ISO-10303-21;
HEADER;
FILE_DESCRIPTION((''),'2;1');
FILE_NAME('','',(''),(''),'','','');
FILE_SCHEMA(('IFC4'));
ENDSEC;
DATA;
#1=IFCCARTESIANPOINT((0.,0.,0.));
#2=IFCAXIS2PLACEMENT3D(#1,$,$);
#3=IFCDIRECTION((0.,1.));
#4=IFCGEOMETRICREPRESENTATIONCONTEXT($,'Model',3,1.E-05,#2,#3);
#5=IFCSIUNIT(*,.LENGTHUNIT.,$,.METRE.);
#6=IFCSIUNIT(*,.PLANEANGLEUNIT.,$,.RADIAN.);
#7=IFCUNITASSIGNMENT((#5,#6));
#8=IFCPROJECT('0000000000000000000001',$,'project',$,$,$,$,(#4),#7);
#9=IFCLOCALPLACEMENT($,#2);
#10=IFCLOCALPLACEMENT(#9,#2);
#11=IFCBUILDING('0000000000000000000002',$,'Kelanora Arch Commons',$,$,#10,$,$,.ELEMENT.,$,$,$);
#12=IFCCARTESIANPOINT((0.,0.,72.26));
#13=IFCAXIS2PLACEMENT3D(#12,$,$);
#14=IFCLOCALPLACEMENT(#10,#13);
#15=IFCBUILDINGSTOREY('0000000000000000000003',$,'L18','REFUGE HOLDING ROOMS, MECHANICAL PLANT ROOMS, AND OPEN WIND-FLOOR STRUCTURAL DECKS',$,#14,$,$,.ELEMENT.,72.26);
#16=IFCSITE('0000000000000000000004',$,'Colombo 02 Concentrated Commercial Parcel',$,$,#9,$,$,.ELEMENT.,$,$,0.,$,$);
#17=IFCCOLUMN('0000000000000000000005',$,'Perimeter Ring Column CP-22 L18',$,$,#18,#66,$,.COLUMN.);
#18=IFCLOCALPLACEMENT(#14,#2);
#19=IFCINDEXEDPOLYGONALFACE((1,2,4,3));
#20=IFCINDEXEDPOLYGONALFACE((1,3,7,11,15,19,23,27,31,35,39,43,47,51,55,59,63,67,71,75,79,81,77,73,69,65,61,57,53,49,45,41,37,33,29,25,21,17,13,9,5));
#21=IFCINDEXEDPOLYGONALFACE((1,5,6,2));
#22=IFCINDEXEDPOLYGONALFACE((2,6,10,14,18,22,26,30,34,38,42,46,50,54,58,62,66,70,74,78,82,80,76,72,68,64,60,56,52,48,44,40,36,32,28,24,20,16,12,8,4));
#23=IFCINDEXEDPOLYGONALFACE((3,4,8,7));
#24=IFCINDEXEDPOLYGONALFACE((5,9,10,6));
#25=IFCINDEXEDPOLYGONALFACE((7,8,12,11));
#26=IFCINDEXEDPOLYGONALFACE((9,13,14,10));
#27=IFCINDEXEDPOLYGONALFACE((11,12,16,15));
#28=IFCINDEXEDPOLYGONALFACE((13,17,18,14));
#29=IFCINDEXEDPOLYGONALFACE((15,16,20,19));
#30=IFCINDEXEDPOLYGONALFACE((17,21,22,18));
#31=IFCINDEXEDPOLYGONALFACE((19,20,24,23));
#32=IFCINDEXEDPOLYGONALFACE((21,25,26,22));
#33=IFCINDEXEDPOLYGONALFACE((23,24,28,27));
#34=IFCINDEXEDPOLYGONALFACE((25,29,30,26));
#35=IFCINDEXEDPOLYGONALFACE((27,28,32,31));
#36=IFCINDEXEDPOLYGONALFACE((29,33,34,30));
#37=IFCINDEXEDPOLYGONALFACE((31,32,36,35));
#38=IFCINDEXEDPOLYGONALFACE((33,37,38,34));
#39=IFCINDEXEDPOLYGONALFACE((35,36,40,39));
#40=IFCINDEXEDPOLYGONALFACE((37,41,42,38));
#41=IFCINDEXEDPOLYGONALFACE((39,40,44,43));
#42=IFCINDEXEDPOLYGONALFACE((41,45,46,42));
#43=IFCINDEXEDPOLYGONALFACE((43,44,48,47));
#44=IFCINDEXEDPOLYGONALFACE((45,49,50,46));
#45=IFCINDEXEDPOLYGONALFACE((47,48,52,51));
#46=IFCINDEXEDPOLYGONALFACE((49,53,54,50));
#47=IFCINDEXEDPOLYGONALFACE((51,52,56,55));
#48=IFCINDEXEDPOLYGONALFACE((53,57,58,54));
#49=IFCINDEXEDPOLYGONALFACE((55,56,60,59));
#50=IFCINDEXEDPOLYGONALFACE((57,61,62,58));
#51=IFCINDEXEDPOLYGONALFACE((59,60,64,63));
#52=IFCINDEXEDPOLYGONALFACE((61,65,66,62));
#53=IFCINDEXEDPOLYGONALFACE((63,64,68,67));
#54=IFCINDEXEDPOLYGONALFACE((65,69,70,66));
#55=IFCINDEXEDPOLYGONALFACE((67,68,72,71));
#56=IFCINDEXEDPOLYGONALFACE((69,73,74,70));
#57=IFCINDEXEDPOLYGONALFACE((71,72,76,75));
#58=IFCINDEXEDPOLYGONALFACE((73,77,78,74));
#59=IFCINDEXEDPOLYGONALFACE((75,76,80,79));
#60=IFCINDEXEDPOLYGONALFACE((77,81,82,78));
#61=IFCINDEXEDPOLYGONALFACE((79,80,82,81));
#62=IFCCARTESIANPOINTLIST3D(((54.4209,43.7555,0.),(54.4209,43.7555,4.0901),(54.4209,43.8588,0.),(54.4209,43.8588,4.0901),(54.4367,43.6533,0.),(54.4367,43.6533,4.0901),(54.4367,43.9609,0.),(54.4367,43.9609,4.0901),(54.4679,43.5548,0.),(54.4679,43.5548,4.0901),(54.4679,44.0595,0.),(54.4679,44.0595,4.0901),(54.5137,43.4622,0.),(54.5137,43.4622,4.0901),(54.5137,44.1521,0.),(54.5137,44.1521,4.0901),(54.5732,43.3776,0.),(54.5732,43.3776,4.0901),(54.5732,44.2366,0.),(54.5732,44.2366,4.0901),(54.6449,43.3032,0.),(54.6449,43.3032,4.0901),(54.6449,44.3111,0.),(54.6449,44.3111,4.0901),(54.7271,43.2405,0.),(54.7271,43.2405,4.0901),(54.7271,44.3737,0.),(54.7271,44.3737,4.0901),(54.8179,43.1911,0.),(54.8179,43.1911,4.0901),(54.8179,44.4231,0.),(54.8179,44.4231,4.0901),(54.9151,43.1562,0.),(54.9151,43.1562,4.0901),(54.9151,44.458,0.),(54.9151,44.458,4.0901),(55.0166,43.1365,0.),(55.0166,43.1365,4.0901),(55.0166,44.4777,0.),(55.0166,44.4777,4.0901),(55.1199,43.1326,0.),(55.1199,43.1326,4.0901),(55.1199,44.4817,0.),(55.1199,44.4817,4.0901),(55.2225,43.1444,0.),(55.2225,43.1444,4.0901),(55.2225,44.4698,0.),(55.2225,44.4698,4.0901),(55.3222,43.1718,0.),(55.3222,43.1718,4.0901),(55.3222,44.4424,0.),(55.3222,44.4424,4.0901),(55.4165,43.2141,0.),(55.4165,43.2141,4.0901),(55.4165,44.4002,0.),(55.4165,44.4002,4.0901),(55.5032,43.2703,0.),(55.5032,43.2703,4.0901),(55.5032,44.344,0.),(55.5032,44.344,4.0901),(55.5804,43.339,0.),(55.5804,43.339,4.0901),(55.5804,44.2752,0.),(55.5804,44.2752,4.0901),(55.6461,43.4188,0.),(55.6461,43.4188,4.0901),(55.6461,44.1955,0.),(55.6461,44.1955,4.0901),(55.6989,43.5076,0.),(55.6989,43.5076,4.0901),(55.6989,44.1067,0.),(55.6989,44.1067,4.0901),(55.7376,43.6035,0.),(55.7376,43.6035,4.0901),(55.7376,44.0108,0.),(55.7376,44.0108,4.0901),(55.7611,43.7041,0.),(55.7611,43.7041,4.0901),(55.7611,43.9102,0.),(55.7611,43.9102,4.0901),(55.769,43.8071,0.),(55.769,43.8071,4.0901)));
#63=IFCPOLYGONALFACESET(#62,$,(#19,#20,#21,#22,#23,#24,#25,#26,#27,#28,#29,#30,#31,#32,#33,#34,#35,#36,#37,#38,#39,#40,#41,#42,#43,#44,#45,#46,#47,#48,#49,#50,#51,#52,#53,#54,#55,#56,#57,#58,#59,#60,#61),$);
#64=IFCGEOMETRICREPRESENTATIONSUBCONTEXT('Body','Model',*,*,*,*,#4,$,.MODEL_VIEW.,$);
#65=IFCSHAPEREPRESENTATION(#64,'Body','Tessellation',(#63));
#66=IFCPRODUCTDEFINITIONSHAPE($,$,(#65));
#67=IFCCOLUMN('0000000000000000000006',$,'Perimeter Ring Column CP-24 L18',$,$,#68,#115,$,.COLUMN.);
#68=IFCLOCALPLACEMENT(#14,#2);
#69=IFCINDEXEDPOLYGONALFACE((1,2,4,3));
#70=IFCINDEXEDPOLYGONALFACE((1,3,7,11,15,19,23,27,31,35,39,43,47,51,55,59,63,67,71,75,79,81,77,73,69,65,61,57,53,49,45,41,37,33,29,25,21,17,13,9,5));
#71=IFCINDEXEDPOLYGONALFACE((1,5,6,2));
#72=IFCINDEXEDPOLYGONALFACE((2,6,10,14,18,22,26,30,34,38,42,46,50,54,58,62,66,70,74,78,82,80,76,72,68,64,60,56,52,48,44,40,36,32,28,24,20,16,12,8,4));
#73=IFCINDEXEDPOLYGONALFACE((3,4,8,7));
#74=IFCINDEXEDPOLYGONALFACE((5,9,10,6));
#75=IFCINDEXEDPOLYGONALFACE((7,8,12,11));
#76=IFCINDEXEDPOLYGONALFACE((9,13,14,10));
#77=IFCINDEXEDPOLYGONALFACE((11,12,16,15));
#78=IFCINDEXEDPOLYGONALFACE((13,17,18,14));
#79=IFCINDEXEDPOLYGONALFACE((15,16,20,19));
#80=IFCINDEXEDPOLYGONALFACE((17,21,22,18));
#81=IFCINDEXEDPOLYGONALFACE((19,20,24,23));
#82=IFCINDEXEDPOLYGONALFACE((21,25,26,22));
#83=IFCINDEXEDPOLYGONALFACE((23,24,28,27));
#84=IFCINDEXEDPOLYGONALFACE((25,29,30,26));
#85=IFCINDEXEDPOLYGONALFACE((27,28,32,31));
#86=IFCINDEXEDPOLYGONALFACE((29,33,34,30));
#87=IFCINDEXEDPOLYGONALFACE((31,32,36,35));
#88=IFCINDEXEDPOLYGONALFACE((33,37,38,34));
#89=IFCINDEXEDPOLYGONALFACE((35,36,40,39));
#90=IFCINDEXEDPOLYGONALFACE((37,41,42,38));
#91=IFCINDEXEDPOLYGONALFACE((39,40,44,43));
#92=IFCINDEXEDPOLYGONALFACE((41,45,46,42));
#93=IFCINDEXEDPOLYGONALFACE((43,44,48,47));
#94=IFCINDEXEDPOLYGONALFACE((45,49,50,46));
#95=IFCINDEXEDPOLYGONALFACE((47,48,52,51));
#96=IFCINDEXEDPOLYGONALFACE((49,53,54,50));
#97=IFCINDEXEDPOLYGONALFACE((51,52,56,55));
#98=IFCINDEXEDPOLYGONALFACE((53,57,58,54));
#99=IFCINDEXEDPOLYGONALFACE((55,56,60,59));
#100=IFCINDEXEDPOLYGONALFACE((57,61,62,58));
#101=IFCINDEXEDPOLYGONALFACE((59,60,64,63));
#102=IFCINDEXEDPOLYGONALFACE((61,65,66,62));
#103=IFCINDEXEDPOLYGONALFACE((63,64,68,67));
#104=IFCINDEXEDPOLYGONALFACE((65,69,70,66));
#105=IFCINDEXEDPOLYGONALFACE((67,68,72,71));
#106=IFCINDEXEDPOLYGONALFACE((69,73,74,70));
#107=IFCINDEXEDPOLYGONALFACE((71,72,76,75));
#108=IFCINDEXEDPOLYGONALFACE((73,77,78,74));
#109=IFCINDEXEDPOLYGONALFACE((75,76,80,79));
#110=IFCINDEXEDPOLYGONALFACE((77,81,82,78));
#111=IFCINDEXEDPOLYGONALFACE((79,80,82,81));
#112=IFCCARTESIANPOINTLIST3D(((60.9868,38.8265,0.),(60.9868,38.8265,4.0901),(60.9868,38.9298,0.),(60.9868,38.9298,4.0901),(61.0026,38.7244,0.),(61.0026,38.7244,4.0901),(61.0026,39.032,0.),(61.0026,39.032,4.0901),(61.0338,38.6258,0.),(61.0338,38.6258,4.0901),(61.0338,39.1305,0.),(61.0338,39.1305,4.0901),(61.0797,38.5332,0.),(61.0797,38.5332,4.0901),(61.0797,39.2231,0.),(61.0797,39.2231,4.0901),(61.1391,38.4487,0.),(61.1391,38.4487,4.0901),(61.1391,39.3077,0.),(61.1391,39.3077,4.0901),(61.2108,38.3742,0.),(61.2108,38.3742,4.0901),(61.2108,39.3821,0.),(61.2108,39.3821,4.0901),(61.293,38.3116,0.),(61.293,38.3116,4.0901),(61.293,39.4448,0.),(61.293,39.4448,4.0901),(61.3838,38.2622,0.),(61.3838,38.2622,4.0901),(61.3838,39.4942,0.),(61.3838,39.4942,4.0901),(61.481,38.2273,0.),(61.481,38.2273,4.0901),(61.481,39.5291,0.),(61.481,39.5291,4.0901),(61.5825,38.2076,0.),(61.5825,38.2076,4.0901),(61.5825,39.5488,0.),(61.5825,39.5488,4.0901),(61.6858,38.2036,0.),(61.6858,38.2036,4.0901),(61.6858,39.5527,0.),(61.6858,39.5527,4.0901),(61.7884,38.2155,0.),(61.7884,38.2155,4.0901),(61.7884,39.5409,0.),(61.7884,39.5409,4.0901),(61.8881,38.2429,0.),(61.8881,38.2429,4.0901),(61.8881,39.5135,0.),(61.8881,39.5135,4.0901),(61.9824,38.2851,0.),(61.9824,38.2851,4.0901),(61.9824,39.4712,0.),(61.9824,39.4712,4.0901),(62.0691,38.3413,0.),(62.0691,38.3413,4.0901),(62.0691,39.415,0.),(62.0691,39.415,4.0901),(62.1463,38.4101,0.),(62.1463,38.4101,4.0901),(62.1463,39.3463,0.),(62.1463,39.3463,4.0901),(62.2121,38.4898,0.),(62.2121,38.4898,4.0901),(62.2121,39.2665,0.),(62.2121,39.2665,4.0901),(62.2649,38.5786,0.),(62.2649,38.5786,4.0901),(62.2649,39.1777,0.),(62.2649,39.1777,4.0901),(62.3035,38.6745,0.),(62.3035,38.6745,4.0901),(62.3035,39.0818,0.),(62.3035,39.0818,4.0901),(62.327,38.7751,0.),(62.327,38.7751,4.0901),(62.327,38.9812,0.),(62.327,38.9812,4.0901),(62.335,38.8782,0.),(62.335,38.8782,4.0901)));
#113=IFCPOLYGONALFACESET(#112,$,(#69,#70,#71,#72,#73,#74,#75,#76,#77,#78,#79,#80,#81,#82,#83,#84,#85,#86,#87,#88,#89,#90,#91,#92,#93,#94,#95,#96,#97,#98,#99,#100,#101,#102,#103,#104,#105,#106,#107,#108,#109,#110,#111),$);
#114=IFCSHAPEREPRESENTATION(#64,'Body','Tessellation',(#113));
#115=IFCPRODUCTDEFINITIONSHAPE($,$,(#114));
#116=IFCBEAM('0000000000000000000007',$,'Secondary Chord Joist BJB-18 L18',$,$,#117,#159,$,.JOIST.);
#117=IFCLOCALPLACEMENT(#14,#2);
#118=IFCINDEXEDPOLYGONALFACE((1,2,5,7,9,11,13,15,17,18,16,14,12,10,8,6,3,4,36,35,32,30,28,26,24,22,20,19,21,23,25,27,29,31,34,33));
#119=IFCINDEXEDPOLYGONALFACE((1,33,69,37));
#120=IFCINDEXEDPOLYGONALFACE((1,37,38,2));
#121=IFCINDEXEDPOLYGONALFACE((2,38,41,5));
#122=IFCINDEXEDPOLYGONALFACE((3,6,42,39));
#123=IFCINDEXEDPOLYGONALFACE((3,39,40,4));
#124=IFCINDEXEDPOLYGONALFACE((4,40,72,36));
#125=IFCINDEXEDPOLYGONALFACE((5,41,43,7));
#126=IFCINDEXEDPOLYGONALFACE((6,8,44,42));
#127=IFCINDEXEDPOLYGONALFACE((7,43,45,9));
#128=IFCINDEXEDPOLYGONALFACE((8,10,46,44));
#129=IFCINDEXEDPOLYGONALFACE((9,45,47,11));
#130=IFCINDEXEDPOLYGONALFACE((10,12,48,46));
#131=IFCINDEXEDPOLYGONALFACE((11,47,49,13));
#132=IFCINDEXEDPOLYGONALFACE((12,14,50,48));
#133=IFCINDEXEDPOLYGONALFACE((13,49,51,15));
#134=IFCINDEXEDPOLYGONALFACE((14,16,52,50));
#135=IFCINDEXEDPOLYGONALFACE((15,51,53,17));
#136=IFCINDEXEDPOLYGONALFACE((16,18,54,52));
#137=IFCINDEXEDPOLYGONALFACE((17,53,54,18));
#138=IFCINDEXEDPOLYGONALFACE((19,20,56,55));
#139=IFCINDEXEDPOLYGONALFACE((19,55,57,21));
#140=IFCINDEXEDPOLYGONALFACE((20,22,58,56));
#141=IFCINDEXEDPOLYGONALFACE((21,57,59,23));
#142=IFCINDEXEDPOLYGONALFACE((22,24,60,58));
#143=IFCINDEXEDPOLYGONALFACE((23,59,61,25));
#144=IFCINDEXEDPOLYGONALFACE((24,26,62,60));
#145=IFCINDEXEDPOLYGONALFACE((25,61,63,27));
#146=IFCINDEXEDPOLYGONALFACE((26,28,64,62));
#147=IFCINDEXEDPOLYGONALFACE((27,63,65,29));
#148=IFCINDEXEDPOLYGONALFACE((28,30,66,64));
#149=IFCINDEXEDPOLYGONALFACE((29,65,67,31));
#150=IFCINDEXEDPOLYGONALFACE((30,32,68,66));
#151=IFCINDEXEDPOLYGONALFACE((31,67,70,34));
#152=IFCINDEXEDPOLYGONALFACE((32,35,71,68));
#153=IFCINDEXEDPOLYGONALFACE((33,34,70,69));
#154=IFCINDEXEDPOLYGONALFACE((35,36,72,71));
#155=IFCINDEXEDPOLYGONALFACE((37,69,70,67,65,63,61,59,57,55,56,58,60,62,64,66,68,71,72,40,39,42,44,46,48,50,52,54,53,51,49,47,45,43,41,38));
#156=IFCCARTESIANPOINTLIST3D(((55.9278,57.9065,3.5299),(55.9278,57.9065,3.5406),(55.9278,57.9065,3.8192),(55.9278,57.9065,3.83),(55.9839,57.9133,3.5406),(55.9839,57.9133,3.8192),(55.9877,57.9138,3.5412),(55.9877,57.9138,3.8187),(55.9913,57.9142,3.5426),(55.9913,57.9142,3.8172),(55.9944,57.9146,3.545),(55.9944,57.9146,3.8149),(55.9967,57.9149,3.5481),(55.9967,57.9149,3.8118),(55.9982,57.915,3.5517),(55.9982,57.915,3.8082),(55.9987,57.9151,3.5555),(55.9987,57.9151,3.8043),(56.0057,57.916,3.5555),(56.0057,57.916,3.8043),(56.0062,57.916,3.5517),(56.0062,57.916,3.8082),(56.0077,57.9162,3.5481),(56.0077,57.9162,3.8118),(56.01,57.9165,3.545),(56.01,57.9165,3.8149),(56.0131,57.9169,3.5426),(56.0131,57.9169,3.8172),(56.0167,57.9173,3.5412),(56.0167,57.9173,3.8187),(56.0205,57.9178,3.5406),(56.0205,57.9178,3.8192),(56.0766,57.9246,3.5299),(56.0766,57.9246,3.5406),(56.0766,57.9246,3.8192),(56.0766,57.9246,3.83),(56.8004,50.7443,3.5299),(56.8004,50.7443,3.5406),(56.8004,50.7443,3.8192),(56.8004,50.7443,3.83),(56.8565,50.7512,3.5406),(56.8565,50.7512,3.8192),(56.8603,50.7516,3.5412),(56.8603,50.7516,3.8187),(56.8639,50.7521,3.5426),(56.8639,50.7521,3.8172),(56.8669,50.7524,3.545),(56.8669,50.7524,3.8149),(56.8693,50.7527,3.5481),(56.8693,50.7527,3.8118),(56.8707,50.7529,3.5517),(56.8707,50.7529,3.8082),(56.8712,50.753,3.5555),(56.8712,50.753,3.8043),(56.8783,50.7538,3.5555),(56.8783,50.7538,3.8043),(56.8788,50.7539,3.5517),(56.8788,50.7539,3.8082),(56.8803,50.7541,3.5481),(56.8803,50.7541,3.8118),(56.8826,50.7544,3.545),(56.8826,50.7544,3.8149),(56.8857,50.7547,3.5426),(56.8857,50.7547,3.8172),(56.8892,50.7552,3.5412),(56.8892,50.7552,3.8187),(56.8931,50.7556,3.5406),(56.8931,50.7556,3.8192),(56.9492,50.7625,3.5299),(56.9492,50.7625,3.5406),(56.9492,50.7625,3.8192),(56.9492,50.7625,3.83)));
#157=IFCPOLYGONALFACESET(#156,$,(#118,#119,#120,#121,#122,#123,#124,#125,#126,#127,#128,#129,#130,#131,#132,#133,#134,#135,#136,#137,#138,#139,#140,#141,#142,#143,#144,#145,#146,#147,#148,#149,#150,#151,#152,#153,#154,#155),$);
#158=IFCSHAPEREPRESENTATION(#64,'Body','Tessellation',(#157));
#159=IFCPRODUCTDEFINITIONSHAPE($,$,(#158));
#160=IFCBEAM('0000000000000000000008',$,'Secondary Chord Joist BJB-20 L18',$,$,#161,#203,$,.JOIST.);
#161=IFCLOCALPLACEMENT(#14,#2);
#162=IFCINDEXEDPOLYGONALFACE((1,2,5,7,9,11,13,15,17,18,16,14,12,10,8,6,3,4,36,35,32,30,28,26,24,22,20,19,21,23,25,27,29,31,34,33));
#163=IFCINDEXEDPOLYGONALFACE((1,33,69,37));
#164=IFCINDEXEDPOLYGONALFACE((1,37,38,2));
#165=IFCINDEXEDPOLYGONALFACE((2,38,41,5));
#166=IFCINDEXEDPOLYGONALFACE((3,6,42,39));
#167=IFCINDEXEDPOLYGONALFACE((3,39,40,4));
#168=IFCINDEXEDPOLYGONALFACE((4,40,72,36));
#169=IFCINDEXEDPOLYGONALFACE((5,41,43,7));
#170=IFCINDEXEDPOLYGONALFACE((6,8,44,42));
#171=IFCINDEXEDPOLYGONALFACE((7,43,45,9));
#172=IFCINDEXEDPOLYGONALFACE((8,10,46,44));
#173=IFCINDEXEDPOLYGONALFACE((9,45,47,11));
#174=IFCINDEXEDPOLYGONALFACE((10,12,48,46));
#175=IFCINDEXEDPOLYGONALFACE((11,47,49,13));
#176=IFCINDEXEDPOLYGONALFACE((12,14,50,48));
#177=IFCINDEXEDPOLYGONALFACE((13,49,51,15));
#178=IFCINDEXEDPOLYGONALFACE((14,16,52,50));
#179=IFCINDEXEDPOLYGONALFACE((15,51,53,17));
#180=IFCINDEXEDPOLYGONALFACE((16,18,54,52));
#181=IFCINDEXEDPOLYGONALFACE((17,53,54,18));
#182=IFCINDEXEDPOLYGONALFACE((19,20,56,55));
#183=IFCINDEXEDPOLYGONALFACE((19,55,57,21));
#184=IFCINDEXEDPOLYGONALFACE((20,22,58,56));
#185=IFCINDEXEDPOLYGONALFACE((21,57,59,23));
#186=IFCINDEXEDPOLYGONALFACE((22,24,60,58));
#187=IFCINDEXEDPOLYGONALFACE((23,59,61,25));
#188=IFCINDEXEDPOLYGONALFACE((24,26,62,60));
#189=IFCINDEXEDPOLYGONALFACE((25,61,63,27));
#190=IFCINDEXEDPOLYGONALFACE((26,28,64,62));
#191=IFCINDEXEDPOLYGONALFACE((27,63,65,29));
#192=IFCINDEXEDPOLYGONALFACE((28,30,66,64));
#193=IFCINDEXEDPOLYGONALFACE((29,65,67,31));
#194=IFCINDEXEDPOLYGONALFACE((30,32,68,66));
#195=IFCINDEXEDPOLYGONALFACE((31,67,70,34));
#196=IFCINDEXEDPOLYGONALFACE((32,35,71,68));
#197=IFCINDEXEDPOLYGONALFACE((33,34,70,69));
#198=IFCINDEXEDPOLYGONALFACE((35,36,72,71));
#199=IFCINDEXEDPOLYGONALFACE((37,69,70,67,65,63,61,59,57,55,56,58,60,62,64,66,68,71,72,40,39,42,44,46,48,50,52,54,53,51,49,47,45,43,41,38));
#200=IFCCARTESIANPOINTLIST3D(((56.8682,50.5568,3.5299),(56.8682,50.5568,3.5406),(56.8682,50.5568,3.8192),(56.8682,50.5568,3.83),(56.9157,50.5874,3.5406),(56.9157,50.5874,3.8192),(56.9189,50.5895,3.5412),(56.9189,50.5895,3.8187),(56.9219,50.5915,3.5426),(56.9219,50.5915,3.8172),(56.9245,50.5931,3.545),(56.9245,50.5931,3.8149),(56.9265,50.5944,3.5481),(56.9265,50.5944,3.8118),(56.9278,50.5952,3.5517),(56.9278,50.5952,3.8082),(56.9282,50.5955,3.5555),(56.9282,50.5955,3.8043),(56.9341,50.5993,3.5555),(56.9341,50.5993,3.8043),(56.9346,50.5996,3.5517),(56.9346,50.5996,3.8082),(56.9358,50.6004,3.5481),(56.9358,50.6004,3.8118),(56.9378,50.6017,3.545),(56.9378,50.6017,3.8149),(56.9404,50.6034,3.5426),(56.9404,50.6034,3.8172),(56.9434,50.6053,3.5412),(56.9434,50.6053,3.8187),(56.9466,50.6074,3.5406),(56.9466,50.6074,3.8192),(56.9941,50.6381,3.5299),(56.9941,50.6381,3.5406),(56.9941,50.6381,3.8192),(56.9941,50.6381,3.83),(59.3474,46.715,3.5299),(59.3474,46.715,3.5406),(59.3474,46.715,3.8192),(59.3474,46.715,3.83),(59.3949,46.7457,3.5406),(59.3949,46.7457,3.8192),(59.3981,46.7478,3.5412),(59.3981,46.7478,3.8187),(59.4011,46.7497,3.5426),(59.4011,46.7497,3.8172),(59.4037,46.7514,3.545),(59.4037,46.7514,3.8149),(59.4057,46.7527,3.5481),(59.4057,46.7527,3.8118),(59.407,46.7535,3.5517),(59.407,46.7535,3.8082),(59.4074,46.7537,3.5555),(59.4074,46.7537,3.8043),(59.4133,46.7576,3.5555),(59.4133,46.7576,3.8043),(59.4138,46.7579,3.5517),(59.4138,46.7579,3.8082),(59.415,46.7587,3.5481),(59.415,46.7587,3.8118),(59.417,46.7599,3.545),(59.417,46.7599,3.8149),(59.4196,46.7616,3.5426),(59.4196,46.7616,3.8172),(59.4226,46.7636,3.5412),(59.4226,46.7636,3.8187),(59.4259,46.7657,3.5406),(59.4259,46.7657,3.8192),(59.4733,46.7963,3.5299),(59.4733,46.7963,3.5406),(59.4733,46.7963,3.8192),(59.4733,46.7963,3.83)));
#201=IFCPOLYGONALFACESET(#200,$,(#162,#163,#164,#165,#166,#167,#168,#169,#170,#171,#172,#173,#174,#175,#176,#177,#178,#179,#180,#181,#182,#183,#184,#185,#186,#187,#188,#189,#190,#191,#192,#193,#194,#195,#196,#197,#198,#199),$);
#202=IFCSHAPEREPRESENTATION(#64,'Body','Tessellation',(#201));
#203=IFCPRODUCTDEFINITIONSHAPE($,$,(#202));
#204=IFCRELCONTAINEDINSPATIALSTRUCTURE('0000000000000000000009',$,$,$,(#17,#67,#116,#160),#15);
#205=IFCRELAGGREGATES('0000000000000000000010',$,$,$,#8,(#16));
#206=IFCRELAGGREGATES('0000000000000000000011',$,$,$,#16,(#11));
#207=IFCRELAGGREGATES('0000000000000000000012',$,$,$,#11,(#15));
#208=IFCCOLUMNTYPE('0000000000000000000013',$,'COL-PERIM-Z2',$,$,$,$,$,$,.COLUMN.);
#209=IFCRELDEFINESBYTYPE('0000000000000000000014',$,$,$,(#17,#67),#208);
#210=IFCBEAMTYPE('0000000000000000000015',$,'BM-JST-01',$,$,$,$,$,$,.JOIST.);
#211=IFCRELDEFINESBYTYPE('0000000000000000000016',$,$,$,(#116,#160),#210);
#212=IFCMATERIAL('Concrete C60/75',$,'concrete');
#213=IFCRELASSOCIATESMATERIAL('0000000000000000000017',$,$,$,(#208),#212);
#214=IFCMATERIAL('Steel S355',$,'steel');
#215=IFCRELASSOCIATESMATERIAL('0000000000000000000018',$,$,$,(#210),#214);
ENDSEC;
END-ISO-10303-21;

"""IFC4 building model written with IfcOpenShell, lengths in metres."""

from ifc_helpers import new_model, si_unit, direction, frame, origin, origin_2d, place, context, subcontext, project, spatial, circle, i_section, extrude, material, material_profile, profile_set, type_object, element, save


model = new_model("IFC4")

# Units and contexts
model_context = context("Model", 3, precision=1e-05, world=origin(), true_north=direction((0.0, 1.0)))
body_context = subcontext(model_context, "Body", "Model", "MODEL_VIEW")
ifc_project = project(units=[si_unit("LENGTHUNIT", "METRE"), si_unit("PLANEANGLEUNIT", "RADIAN")], contexts=[model_context])

# Site, building, storey
site_placement = place(None, origin())
site = spatial("IfcSite", under=ifc_project, at=site_placement, Name="Colombo 02 Concentrated Commercial Parcel", CompositionType="ELEMENT", RefElevation=0.0)
building_placement = place(site_placement, origin())
building = spatial("IfcBuilding", under=site, at=building_placement, Name="Kelanora Arch Commons", CompositionType="ELEMENT")
storey_placement = place(building_placement, frame((0.0, 0.0, 72.26)))
storey = spatial("IfcBuildingStorey", under=building, at=storey_placement, Name="L18", Description="REFUGE HOLDING ROOMS, MECHANICAL PLANT ROOMS, AND OPEN WIND-FLOOR STRUCTURAL DECKS", CompositionType="ELEMENT", Elevation=72.26)

# Columns
ifc_material_1 = material(Name="Concrete C60/75", Category="concrete")
ifc_material_profile_1 = material_profile(ifc_material_1, circle(Radius=0.675, at=origin_2d()), Name="RCC1350")
ifc_profile_set_1 = profile_set([ifc_material_profile_1], Name="Concrete C60/75")
column_type = type_object("IfcColumnType", Name="COL-PERIM-Z2", PredefinedType="COLUMN", material=ifc_profile_set_1)
for number, where, z_axis, x_axis, name in (
    (1, (55.094, 43.8071, 0.0), (0.0, 0.0, 1.0), (1.0, 0.0, 0.0), "Perimeter Ring Column CP-22 L18"),
    (2, (61.6599, 38.8782, 0.0), (0.0, 0.0, 1.0), (1.0, 0.0, 0.0), "Perimeter Ring Column CP-24 L18"),
):
    element("IfcColumn", number, at=place(storey_placement, frame(where, z_axis=z_axis, x_axis=x_axis)), inside=storey, type_object=column_type, Name=name, PredefinedType="COLUMN", context=body_context, shape_type="SweptSolid", body=[
        extrude(circle(Radius=0.675, at=origin_2d()), origin(), (0.0, 0.0, 1.0), 4.0901),
    ])

# Beams
ifc_material_2 = material(Name="Steel S355", Category="steel")
ifc_material_profile_2 = material_profile(ifc_material_2, i_section(OverallWidth=0.1499, OverallDepth=0.3, WebThickness=0.0071, FlangeThickness=0.0107, FilletRadius=0.0149, at=origin_2d()), Name="IPE300")
ifc_profile_set_2 = profile_set([ifc_material_profile_2], Name="Steel S355")
beam_type_1 = type_object("IfcBeamType", Name="BM-JST-01", PredefinedType="JOIST", material=ifc_profile_set_2)
beam_1_placement = place(storey_placement, frame((56.0022, 57.9155, 3.6799), z_axis=(0.120936, -0.99266, 0.0), x_axis=(0.99266, 0.120936, 0.0)))
element("IfcBeam", 3, at=beam_1_placement, inside=storey, type_object=beam_type_1, Name="Secondary Chord Joist BJB-18 L18", PredefinedType="JOIST", context=body_context, shape_type="SweptSolid", body=[
    extrude(i_section(OverallWidth=0.1499, OverallDepth=0.3, WebThickness=0.0071, FlangeThickness=0.0107, FilletRadius=0.0149, at=origin_2d()), origin(), (0.0, 0.0, 1.0), 7.2151),
])
beam_2_placement = place(storey_placement, frame((56.9312, 50.5974, 3.6799), z_axis=(0.54223, -0.84023, 0.0), x_axis=(0.84023, 0.54223, 0.0)))
element("IfcBeam", 4, at=beam_2_placement, inside=storey, type_object=beam_type_1, Name="Secondary Chord Joist BJB-20 L18", PredefinedType="JOIST", context=body_context, shape_type="SweptSolid", body=[
    extrude(i_section(OverallWidth=0.1499, OverallDepth=0.3, WebThickness=0.0071, FlangeThickness=0.0107, FilletRadius=0.0149, at=origin_2d()), origin(), (0.0, 0.0, 1.0), 4.5723),
])

save(model, "model.ifc")
